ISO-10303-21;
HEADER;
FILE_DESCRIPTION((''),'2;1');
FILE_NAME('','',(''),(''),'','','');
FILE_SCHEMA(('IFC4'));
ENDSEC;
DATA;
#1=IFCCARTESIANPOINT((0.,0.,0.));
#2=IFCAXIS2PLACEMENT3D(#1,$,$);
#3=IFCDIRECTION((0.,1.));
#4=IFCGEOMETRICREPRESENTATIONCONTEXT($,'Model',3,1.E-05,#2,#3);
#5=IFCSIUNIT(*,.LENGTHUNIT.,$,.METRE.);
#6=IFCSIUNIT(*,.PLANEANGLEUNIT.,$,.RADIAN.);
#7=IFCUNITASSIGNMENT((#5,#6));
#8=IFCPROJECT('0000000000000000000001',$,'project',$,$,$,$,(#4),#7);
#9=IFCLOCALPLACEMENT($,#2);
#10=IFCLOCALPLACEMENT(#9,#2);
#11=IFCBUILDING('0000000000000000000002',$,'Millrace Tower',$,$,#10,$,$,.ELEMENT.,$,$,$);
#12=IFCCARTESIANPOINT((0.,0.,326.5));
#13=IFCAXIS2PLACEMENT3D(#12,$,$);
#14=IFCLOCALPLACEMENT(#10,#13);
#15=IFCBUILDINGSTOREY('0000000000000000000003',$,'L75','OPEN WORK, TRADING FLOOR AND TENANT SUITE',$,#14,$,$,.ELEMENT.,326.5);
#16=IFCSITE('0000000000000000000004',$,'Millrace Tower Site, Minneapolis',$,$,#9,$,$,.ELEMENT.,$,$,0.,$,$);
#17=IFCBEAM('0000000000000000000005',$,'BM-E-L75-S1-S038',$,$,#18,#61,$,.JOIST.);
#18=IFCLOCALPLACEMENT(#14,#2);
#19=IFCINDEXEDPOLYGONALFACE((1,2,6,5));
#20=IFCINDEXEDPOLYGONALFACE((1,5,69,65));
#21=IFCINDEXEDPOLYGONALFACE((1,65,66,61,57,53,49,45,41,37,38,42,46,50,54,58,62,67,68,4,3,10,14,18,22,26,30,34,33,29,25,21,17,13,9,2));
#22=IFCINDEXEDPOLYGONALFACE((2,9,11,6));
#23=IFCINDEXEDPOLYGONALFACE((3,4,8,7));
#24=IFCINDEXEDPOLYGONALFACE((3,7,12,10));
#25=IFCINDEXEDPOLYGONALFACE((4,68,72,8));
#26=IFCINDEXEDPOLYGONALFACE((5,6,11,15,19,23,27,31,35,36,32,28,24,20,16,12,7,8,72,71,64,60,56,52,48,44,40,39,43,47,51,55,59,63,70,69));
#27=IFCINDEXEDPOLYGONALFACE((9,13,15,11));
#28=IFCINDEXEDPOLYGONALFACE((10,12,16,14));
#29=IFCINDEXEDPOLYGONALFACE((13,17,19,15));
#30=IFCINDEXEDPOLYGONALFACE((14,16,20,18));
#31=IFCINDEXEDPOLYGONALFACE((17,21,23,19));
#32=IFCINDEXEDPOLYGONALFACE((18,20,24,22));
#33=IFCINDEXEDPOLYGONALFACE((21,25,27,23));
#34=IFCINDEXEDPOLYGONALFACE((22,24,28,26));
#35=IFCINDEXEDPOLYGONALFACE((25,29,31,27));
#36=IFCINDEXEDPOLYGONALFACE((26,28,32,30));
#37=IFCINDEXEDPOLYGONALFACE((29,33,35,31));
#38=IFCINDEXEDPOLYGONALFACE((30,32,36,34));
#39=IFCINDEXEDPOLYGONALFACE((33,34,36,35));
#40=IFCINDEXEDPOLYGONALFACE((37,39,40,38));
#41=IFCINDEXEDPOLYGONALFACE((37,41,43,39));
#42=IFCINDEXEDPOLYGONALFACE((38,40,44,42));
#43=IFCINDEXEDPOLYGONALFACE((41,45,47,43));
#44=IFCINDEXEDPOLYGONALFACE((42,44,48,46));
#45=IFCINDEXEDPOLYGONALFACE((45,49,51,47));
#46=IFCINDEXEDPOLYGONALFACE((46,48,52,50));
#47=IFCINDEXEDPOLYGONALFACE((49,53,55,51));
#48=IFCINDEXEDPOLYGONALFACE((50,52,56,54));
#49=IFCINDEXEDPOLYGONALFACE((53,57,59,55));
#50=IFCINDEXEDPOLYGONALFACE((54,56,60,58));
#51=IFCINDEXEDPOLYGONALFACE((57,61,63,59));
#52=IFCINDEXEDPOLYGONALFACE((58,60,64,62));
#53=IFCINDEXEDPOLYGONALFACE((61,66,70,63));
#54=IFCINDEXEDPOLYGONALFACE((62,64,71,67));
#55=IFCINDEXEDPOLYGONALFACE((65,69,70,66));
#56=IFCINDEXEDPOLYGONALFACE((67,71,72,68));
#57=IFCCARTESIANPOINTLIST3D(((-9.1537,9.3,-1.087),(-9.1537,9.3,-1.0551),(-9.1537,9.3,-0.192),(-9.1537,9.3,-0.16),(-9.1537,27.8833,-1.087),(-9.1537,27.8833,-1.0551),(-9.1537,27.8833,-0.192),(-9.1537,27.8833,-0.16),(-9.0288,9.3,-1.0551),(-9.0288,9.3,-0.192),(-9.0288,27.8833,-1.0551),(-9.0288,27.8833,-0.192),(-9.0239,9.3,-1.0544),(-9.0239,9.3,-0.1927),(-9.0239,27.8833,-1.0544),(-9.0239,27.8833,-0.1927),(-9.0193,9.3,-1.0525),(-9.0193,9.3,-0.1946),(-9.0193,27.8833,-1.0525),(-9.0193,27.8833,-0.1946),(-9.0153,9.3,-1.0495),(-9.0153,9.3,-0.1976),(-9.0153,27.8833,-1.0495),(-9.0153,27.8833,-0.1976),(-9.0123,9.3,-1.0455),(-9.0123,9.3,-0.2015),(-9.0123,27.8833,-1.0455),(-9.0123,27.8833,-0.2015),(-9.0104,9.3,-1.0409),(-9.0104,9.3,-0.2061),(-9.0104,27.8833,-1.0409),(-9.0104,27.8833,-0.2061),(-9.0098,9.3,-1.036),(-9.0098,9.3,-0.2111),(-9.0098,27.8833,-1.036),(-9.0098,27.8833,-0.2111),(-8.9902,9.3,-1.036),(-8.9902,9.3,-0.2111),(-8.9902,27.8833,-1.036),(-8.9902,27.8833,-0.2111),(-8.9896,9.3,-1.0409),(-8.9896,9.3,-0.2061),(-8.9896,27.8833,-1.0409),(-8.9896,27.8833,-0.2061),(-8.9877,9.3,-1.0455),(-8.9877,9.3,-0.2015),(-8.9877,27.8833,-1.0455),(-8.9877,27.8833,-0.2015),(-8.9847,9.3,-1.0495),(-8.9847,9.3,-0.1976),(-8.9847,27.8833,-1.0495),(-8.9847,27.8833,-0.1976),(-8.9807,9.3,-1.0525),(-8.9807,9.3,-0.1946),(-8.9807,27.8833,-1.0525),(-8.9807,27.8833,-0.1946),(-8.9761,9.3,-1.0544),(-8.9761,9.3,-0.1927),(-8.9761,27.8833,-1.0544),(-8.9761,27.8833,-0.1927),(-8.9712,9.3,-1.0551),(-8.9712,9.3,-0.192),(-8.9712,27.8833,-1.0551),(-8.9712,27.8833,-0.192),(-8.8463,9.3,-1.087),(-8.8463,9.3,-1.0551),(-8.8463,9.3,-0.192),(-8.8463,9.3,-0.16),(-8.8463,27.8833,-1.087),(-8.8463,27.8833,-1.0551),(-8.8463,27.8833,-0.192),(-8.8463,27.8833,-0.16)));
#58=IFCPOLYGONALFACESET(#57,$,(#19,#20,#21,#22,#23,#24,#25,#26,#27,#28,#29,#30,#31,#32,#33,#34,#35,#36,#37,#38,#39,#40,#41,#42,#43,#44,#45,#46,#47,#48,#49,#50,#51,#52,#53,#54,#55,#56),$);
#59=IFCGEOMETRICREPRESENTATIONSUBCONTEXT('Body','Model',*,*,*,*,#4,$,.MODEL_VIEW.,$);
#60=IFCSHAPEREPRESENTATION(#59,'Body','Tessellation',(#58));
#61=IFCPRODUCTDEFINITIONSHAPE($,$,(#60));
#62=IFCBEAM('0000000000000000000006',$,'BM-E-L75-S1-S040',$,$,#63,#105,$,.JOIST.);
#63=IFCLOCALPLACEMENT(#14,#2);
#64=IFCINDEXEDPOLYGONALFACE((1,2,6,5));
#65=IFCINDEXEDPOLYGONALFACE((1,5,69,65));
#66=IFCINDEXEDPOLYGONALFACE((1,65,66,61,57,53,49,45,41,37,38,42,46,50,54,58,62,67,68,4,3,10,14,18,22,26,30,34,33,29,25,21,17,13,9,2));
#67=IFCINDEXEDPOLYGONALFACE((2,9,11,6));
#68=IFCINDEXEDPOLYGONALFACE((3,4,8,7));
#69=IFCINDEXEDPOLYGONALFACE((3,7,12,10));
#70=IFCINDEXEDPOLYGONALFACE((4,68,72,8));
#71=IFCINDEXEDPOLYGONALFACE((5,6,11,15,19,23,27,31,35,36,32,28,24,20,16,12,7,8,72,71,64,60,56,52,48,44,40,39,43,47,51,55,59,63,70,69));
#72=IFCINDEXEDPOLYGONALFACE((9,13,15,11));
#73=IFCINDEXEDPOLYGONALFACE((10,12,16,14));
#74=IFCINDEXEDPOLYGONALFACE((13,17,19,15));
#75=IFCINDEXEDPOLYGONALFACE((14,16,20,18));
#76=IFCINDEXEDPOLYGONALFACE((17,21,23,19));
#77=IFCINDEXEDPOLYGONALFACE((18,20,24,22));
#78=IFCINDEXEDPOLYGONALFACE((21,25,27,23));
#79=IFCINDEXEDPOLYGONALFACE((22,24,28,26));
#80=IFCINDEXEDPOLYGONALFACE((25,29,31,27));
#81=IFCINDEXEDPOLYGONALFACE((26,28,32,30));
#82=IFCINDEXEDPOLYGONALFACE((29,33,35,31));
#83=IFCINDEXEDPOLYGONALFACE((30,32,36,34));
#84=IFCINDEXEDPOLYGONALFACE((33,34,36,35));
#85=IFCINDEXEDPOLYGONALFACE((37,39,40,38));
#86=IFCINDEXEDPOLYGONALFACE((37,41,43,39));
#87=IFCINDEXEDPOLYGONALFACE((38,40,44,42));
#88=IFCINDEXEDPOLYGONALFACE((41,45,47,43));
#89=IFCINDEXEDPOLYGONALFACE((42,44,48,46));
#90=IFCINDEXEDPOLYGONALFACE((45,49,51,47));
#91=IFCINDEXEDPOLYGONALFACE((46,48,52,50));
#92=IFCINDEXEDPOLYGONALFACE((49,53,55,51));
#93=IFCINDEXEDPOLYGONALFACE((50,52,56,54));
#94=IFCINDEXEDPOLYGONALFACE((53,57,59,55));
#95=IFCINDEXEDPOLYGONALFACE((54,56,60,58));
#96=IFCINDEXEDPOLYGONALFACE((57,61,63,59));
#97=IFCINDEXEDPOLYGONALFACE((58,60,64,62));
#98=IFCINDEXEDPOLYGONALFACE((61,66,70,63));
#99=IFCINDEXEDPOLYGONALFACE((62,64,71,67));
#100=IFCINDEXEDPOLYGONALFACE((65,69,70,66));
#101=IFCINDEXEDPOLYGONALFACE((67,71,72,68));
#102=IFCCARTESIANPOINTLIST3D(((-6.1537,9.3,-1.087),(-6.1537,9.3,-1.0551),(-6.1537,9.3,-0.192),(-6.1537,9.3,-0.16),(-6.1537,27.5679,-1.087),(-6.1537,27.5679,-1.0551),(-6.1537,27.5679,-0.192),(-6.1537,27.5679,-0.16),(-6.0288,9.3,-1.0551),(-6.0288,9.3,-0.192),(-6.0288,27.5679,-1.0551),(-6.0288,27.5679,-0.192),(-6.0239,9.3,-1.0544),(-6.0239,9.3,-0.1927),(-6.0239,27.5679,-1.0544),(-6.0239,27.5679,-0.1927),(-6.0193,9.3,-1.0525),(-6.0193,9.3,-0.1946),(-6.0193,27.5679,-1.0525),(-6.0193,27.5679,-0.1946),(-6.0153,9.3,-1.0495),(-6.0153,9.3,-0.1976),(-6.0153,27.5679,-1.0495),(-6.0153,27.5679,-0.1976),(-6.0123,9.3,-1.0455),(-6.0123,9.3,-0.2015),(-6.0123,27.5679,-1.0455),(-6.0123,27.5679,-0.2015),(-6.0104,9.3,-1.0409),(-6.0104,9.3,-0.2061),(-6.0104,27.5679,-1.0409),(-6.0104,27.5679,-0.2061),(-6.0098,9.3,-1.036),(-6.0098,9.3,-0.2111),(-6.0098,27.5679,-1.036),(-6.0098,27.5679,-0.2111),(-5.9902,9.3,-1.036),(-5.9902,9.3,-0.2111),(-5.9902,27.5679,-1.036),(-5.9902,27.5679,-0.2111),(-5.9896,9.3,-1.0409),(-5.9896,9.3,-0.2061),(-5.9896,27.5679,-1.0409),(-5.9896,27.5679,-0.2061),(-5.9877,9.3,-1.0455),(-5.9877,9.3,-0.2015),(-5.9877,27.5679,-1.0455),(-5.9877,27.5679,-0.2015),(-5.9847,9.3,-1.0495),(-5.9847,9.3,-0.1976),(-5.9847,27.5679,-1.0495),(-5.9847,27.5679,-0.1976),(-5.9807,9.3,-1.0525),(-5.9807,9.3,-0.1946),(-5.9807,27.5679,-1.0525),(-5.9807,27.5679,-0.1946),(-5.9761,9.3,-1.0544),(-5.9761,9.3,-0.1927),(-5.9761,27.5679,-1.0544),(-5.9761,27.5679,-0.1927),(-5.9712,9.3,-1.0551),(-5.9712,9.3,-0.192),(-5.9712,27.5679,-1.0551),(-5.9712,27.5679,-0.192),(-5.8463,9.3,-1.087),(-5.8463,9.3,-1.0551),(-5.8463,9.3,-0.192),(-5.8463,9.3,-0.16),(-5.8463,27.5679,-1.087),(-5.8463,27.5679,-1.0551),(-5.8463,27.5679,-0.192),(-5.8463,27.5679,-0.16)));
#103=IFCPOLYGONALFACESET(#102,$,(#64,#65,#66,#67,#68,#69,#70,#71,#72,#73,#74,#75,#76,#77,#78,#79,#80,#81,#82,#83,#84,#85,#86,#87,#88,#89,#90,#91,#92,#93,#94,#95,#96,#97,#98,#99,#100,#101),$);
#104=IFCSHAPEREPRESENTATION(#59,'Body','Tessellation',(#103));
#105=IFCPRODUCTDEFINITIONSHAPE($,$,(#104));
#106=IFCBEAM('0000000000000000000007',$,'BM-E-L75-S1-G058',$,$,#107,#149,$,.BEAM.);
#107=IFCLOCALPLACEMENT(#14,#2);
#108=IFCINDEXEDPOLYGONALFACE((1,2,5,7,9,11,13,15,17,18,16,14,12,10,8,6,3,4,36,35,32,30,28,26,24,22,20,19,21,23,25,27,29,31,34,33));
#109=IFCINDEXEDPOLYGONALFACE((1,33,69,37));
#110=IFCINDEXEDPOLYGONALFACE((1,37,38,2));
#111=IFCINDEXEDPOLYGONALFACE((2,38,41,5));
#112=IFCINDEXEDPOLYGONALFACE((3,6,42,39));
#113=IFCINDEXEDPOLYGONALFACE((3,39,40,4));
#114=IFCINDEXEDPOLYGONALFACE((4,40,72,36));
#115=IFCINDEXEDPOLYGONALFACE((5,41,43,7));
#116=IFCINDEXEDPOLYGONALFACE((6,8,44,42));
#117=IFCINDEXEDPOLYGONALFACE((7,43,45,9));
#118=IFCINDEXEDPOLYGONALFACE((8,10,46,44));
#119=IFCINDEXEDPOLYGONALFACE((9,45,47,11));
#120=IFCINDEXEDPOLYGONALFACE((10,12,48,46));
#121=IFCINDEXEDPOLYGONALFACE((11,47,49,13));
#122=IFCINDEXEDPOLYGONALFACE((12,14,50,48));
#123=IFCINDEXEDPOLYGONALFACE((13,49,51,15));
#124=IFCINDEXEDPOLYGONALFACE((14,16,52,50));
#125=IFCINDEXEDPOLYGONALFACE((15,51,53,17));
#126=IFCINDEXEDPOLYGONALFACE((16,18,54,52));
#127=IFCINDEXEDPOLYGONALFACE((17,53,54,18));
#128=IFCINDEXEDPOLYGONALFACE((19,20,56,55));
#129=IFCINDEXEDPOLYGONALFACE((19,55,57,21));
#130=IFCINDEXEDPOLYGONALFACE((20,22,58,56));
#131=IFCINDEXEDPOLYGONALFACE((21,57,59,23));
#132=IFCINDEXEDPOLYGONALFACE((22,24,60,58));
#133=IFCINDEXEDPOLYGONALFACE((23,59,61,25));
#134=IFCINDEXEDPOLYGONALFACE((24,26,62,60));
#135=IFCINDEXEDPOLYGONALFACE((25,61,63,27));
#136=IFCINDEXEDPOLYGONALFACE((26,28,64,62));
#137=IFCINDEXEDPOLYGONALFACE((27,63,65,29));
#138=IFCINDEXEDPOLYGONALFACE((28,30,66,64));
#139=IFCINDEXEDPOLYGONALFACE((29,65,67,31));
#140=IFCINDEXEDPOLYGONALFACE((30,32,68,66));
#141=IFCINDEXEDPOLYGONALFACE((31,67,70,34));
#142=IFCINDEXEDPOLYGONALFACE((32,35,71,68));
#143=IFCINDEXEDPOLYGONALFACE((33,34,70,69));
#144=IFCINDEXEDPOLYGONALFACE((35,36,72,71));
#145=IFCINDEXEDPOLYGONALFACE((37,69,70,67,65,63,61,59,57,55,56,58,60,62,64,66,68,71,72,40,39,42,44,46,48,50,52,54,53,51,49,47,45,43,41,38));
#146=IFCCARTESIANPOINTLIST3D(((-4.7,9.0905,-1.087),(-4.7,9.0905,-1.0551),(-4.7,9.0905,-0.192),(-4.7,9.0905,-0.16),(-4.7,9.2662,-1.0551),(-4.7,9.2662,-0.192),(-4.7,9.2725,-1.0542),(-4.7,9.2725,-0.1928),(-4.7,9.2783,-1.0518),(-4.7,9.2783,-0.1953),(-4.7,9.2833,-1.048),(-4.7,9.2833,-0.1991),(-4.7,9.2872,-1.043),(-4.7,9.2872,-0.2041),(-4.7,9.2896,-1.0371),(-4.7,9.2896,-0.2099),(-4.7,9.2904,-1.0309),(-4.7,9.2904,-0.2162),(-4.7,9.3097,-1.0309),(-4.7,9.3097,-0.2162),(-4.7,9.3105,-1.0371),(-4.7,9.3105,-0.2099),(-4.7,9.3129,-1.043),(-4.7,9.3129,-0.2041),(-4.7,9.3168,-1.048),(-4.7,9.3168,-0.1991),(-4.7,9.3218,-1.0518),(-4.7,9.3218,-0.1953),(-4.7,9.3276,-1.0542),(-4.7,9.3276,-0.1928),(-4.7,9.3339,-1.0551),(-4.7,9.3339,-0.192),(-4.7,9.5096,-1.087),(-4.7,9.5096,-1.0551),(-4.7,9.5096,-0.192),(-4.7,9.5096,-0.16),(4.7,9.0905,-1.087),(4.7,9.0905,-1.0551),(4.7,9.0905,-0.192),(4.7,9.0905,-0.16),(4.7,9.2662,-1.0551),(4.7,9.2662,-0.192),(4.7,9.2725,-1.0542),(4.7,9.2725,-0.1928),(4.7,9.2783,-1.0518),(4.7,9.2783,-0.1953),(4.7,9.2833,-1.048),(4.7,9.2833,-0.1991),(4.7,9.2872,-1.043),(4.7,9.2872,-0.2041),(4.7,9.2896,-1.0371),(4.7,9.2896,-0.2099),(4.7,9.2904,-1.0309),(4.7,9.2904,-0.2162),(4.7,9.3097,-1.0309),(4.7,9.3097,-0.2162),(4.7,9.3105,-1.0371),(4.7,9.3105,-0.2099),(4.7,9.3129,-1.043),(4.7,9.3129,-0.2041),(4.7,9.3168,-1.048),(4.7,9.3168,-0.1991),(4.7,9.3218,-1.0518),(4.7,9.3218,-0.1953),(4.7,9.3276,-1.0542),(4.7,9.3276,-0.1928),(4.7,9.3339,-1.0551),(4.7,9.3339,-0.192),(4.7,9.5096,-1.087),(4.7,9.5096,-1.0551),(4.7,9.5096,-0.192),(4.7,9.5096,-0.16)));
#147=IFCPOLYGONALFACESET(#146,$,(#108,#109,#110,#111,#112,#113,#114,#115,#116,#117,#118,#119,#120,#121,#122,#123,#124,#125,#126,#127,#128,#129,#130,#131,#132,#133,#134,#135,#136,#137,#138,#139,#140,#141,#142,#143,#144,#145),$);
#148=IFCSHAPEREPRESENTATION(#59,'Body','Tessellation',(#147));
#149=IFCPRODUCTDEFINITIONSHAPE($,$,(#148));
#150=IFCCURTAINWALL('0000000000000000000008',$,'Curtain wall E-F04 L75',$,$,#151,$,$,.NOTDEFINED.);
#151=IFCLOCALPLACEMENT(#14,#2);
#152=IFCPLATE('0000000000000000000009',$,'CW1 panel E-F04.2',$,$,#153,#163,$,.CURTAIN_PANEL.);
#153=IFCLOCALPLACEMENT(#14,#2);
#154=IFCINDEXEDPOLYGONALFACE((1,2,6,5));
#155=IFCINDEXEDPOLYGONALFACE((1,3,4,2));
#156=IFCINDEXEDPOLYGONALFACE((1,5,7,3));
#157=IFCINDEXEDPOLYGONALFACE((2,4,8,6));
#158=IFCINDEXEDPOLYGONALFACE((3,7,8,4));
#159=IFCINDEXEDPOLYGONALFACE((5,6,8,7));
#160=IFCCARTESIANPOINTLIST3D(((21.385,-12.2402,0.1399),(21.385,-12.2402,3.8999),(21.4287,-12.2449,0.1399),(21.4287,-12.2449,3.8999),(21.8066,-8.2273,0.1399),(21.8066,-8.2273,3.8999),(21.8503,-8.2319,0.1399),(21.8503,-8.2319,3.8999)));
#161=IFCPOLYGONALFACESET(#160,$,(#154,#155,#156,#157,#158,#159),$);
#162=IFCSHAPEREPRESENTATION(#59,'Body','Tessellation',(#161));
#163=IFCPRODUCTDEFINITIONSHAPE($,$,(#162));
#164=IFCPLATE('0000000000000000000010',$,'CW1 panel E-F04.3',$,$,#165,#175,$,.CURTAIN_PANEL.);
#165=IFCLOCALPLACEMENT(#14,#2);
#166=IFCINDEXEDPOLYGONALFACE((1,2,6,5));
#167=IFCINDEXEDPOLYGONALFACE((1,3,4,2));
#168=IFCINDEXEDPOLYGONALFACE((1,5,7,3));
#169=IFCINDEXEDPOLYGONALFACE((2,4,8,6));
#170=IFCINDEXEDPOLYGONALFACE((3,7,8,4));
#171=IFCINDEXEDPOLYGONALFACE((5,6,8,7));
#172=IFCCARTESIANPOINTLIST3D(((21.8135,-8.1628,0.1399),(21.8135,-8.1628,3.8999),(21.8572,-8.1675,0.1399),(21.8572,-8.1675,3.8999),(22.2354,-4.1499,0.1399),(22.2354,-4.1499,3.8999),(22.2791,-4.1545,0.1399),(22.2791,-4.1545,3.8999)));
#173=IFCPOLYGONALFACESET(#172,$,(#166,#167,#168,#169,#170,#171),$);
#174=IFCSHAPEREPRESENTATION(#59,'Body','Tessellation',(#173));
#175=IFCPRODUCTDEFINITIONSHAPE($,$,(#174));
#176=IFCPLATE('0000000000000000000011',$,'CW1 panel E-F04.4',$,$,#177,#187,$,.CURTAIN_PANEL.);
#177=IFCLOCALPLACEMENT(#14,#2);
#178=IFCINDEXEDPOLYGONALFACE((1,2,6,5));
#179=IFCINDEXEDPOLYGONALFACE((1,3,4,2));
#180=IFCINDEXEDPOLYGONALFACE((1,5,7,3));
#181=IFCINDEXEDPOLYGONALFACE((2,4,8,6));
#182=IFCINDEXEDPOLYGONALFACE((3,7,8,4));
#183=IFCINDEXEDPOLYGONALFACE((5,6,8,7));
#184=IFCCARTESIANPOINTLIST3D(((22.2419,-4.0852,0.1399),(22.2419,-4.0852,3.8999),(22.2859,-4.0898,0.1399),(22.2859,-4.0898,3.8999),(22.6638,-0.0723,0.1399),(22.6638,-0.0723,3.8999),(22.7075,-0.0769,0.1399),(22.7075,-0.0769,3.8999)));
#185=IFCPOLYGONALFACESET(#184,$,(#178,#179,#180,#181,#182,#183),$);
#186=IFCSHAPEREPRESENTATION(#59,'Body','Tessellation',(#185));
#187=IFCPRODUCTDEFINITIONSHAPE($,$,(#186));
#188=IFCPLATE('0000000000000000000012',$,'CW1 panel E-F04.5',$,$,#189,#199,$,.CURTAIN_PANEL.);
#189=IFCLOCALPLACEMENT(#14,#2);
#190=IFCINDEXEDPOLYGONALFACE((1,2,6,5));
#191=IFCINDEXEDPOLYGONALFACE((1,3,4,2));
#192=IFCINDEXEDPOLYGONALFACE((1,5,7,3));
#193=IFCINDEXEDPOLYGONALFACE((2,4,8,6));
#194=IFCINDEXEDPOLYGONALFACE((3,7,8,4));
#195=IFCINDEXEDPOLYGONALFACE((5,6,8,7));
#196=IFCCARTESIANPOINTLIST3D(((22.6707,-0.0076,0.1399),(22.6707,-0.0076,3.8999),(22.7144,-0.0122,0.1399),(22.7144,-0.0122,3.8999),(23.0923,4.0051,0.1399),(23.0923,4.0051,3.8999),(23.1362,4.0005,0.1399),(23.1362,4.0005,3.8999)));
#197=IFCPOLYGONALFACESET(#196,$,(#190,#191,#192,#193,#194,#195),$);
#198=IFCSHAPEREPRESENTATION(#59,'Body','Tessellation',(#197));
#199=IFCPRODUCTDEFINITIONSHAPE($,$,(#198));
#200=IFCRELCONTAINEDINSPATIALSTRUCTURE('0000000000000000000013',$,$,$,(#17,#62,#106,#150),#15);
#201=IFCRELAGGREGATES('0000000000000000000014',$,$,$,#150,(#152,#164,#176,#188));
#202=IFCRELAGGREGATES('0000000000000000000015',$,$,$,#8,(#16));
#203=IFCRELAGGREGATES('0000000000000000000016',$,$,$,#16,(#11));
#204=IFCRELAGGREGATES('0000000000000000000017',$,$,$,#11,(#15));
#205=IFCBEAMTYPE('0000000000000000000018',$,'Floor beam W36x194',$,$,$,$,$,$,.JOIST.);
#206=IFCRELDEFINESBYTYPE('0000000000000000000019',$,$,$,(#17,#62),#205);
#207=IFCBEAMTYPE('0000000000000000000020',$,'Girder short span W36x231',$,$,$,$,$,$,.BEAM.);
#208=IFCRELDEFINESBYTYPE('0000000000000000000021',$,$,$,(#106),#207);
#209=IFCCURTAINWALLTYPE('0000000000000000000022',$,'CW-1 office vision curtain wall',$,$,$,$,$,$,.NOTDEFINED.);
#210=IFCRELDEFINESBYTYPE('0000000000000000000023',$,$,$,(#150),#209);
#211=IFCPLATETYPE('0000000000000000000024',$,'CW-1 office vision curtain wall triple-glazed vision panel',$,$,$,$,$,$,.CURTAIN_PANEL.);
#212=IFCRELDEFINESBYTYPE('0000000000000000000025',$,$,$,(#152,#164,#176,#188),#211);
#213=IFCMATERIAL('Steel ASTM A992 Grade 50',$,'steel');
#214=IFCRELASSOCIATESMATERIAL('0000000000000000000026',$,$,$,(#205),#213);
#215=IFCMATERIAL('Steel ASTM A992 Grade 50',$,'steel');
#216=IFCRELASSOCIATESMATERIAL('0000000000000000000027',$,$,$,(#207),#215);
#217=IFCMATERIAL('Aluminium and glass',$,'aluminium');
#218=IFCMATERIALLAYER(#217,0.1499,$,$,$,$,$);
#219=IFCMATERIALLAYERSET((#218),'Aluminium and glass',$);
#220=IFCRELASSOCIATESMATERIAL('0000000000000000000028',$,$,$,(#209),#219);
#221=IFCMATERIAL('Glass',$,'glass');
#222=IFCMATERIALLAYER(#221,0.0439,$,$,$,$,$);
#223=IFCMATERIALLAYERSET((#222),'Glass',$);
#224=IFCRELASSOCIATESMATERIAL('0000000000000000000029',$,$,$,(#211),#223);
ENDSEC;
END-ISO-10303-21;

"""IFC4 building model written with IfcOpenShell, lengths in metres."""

from ifc_helpers import new_model, si_unit, direction, frame, origin, origin_2d, place, context, subcontext, project, spatial, polyline, i_section, outline, extrude, material, layer, layer_set, material_profile, profile_set, type_object, element, aggregate, save


model = new_model("IFC4")

# Units and contexts
model_context = context("Model", 3, precision=1e-05, world=origin(), true_north=direction((0.0, 1.0)))
body_context = subcontext(model_context, "Body", "Model", "MODEL_VIEW")
ifc_project = project(units=[si_unit("LENGTHUNIT", "METRE"), si_unit("PLANEANGLEUNIT", "RADIAN")], contexts=[model_context])

# Site, building, storey
site_placement = place(None, origin())
site = spatial("IfcSite", under=ifc_project, at=site_placement, Name="Millrace Tower Site, Minneapolis", CompositionType="ELEMENT", RefElevation=0.0)
building_placement = place(site_placement, origin())
building = spatial("IfcBuilding", under=site, at=building_placement, Name="Millrace Tower", CompositionType="ELEMENT")
storey_placement = place(building_placement, frame((0.0, 0.0, 326.5)))
storey = spatial("IfcBuildingStorey", under=building, at=storey_placement, Name="L75", Description="OPEN WORK, TRADING FLOOR AND TENANT SUITE", CompositionType="ELEMENT", Elevation=326.5)

# Beams
ifc_material_1 = material(Name="Steel ASTM A992 Grade 50", Category="steel")
ifc_material_profile_1 = material_profile(ifc_material_1, i_section(OverallWidth=0.3074, OverallDepth=0.927, WebThickness=0.0195, FlangeThickness=0.032, FilletRadius=0.019, at=origin_2d()))
ifc_profile_set_1 = profile_set([ifc_material_profile_1], Name="Steel ASTM A992 Grade 50")
beam_type_1 = type_object("IfcBeamType", Name="Floor beam W36x194", PredefinedType="JOIST", material=ifc_profile_set_1)
beam_1_placement = place(storey_placement, frame((-9.0, 9.3, -0.6235), z_axis=(0.0, 1.0, 0.0), x_axis=(-1.0, 0.0, 0.0)))
element("IfcBeam", 1, at=beam_1_placement, inside=storey, type_object=beam_type_1, Name="BM-E-L75-S1-S038", PredefinedType="JOIST", context=body_context, shape_type="SweptSolid", body=[
    extrude(i_section(OverallWidth=0.3074, OverallDepth=0.927, WebThickness=0.0195, FlangeThickness=0.032, FilletRadius=0.019, at=origin_2d()), origin(), (0.0, 0.0, 1.0), 18.5833),
])
beam_2_placement = place(storey_placement, frame((-6.0, 9.3, -0.6235), z_axis=(0.0, 1.0, 0.0), x_axis=(-1.0, 0.0, 0.0)))
element("IfcBeam", 2, at=beam_2_placement, inside=storey, type_object=beam_type_1, Name="BM-E-L75-S1-S040", PredefinedType="JOIST", context=body_context, shape_type="SweptSolid", body=[
    extrude(i_section(OverallWidth=0.3074, OverallDepth=0.927, WebThickness=0.0195, FlangeThickness=0.032, FilletRadius=0.019, at=origin_2d()), origin(), (0.0, 0.0, 1.0), 18.2678),
])
ifc_material_2 = material(Name="Steel ASTM A992 Grade 50", Category="steel")
ifc_material_profile_2 = material_profile(ifc_material_2, i_section(OverallWidth=0.4192, OverallDepth=0.927, WebThickness=0.0193, FlangeThickness=0.032, FilletRadius=0.0242, at=origin_2d()))
ifc_profile_set_2 = profile_set([ifc_material_profile_2], Name="Steel ASTM A992 Grade 50")
beam_type_2 = type_object("IfcBeamType", Name="Girder short span W36x231", PredefinedType="BEAM", material=ifc_profile_set_2)
beam_3_placement = place(storey_placement, frame((-4.7, 9.3, -0.6235), z_axis=(1.0, 0.0, 0.0), x_axis=(0.0, 1.0, 0.0)))
element("IfcBeam", 3, at=beam_3_placement, inside=storey, type_object=beam_type_2, Name="BM-E-L75-S1-G058", PredefinedType="BEAM", context=body_context, shape_type="SweptSolid", body=[
    extrude(i_section(OverallWidth=0.4192, OverallDepth=0.927, WebThickness=0.0193, FlangeThickness=0.032, FilletRadius=0.0242, at=origin_2d()), origin(), (0.0, 0.0, 1.0), 9.3999),
])

# Curtain wall, plates
ifc_material_3 = material(Name="Aluminium and glass", Category="aluminium")
ifc_layer_1 = layer(ifc_material_3, 0.1499)
ifc_layer_set_1 = layer_set([ifc_layer_1], Name="Aluminium and glass")
curtain_wall_type = type_object("IfcCurtainWallType", Name="CW-1 office vision curtain wall", PredefinedType="NOTDEFINED", material=ifc_layer_set_1)
placement_1 = place(storey_placement, origin())
curtain_wall = element("IfcCurtainWall", 4, at=placement_1, inside=storey, type_object=curtain_wall_type, Name="Curtain wall E-F04 L75", PredefinedType="NOTDEFINED")
ifc_material_4 = material(Name="Glass", Category="glass")
ifc_layer_2 = layer(ifc_material_4, 0.0439)
ifc_layer_set_2 = layer_set([ifc_layer_2], Name="Glass")
plate_type = type_object("IfcPlateType", Name="CW-1 office vision curtain wall triple-glazed vision panel", PredefinedType="CURTAIN_PANEL", material=ifc_layer_set_2)
placement_2 = place(storey_placement, frame((0.0, 0.0, 0.1399)))
plate_1 = element("IfcPlate", 5, at=placement_2, type_object=plate_type, Name="CW1 panel E-F04.2", PredefinedType="CURTAIN_PANEL", context=body_context, shape_type="SweptSolid", body=[
    extrude(outline(polyline([(21.4287, -12.2449), (21.8503, -8.2319), (21.8066, -8.2273), (21.385, -12.2402), (21.4287, -12.2449)])), origin(), (0.0, 0.0, 1.0), 3.76),
])
plate_2 = element("IfcPlate", 6, at=placement_2, type_object=plate_type, Name="CW1 panel E-F04.3", PredefinedType="CURTAIN_PANEL", context=body_context, shape_type="SweptSolid", body=[
    extrude(outline(polyline([(21.8572, -8.1675), (22.2791, -4.1545), (22.2354, -4.1499), (21.8135, -8.1628), (21.8572, -8.1675)])), origin(), (0.0, 0.0, 1.0), 3.76),
])
plate_3 = element("IfcPlate", 7, at=placement_2, type_object=plate_type, Name="CW1 panel E-F04.4", PredefinedType="CURTAIN_PANEL", context=body_context, shape_type="SweptSolid", body=[
    extrude(outline(polyline([(22.2859, -4.0898), (22.7075, -0.0769), (22.6638, -0.0723), (22.2419, -4.0852), (22.2859, -4.0898)])), origin(), (0.0, 0.0, 1.0), 3.76),
])
plate_4 = element("IfcPlate", 8, at=placement_2, type_object=plate_type, Name="CW1 panel E-F04.5", PredefinedType="CURTAIN_PANEL", context=body_context, shape_type="SweptSolid", body=[
    extrude(outline(polyline([(22.7144, -0.0122), (23.1362, 4.0005), (23.0923, 4.0051), (22.6707, -0.0076), (22.7144, -0.0122)])), origin(), (0.0, 0.0, 1.0), 3.76),
])
aggregate(curtain_wall, [plate_1, plate_2, plate_3, plate_4])

save(model, "model.ifc")
